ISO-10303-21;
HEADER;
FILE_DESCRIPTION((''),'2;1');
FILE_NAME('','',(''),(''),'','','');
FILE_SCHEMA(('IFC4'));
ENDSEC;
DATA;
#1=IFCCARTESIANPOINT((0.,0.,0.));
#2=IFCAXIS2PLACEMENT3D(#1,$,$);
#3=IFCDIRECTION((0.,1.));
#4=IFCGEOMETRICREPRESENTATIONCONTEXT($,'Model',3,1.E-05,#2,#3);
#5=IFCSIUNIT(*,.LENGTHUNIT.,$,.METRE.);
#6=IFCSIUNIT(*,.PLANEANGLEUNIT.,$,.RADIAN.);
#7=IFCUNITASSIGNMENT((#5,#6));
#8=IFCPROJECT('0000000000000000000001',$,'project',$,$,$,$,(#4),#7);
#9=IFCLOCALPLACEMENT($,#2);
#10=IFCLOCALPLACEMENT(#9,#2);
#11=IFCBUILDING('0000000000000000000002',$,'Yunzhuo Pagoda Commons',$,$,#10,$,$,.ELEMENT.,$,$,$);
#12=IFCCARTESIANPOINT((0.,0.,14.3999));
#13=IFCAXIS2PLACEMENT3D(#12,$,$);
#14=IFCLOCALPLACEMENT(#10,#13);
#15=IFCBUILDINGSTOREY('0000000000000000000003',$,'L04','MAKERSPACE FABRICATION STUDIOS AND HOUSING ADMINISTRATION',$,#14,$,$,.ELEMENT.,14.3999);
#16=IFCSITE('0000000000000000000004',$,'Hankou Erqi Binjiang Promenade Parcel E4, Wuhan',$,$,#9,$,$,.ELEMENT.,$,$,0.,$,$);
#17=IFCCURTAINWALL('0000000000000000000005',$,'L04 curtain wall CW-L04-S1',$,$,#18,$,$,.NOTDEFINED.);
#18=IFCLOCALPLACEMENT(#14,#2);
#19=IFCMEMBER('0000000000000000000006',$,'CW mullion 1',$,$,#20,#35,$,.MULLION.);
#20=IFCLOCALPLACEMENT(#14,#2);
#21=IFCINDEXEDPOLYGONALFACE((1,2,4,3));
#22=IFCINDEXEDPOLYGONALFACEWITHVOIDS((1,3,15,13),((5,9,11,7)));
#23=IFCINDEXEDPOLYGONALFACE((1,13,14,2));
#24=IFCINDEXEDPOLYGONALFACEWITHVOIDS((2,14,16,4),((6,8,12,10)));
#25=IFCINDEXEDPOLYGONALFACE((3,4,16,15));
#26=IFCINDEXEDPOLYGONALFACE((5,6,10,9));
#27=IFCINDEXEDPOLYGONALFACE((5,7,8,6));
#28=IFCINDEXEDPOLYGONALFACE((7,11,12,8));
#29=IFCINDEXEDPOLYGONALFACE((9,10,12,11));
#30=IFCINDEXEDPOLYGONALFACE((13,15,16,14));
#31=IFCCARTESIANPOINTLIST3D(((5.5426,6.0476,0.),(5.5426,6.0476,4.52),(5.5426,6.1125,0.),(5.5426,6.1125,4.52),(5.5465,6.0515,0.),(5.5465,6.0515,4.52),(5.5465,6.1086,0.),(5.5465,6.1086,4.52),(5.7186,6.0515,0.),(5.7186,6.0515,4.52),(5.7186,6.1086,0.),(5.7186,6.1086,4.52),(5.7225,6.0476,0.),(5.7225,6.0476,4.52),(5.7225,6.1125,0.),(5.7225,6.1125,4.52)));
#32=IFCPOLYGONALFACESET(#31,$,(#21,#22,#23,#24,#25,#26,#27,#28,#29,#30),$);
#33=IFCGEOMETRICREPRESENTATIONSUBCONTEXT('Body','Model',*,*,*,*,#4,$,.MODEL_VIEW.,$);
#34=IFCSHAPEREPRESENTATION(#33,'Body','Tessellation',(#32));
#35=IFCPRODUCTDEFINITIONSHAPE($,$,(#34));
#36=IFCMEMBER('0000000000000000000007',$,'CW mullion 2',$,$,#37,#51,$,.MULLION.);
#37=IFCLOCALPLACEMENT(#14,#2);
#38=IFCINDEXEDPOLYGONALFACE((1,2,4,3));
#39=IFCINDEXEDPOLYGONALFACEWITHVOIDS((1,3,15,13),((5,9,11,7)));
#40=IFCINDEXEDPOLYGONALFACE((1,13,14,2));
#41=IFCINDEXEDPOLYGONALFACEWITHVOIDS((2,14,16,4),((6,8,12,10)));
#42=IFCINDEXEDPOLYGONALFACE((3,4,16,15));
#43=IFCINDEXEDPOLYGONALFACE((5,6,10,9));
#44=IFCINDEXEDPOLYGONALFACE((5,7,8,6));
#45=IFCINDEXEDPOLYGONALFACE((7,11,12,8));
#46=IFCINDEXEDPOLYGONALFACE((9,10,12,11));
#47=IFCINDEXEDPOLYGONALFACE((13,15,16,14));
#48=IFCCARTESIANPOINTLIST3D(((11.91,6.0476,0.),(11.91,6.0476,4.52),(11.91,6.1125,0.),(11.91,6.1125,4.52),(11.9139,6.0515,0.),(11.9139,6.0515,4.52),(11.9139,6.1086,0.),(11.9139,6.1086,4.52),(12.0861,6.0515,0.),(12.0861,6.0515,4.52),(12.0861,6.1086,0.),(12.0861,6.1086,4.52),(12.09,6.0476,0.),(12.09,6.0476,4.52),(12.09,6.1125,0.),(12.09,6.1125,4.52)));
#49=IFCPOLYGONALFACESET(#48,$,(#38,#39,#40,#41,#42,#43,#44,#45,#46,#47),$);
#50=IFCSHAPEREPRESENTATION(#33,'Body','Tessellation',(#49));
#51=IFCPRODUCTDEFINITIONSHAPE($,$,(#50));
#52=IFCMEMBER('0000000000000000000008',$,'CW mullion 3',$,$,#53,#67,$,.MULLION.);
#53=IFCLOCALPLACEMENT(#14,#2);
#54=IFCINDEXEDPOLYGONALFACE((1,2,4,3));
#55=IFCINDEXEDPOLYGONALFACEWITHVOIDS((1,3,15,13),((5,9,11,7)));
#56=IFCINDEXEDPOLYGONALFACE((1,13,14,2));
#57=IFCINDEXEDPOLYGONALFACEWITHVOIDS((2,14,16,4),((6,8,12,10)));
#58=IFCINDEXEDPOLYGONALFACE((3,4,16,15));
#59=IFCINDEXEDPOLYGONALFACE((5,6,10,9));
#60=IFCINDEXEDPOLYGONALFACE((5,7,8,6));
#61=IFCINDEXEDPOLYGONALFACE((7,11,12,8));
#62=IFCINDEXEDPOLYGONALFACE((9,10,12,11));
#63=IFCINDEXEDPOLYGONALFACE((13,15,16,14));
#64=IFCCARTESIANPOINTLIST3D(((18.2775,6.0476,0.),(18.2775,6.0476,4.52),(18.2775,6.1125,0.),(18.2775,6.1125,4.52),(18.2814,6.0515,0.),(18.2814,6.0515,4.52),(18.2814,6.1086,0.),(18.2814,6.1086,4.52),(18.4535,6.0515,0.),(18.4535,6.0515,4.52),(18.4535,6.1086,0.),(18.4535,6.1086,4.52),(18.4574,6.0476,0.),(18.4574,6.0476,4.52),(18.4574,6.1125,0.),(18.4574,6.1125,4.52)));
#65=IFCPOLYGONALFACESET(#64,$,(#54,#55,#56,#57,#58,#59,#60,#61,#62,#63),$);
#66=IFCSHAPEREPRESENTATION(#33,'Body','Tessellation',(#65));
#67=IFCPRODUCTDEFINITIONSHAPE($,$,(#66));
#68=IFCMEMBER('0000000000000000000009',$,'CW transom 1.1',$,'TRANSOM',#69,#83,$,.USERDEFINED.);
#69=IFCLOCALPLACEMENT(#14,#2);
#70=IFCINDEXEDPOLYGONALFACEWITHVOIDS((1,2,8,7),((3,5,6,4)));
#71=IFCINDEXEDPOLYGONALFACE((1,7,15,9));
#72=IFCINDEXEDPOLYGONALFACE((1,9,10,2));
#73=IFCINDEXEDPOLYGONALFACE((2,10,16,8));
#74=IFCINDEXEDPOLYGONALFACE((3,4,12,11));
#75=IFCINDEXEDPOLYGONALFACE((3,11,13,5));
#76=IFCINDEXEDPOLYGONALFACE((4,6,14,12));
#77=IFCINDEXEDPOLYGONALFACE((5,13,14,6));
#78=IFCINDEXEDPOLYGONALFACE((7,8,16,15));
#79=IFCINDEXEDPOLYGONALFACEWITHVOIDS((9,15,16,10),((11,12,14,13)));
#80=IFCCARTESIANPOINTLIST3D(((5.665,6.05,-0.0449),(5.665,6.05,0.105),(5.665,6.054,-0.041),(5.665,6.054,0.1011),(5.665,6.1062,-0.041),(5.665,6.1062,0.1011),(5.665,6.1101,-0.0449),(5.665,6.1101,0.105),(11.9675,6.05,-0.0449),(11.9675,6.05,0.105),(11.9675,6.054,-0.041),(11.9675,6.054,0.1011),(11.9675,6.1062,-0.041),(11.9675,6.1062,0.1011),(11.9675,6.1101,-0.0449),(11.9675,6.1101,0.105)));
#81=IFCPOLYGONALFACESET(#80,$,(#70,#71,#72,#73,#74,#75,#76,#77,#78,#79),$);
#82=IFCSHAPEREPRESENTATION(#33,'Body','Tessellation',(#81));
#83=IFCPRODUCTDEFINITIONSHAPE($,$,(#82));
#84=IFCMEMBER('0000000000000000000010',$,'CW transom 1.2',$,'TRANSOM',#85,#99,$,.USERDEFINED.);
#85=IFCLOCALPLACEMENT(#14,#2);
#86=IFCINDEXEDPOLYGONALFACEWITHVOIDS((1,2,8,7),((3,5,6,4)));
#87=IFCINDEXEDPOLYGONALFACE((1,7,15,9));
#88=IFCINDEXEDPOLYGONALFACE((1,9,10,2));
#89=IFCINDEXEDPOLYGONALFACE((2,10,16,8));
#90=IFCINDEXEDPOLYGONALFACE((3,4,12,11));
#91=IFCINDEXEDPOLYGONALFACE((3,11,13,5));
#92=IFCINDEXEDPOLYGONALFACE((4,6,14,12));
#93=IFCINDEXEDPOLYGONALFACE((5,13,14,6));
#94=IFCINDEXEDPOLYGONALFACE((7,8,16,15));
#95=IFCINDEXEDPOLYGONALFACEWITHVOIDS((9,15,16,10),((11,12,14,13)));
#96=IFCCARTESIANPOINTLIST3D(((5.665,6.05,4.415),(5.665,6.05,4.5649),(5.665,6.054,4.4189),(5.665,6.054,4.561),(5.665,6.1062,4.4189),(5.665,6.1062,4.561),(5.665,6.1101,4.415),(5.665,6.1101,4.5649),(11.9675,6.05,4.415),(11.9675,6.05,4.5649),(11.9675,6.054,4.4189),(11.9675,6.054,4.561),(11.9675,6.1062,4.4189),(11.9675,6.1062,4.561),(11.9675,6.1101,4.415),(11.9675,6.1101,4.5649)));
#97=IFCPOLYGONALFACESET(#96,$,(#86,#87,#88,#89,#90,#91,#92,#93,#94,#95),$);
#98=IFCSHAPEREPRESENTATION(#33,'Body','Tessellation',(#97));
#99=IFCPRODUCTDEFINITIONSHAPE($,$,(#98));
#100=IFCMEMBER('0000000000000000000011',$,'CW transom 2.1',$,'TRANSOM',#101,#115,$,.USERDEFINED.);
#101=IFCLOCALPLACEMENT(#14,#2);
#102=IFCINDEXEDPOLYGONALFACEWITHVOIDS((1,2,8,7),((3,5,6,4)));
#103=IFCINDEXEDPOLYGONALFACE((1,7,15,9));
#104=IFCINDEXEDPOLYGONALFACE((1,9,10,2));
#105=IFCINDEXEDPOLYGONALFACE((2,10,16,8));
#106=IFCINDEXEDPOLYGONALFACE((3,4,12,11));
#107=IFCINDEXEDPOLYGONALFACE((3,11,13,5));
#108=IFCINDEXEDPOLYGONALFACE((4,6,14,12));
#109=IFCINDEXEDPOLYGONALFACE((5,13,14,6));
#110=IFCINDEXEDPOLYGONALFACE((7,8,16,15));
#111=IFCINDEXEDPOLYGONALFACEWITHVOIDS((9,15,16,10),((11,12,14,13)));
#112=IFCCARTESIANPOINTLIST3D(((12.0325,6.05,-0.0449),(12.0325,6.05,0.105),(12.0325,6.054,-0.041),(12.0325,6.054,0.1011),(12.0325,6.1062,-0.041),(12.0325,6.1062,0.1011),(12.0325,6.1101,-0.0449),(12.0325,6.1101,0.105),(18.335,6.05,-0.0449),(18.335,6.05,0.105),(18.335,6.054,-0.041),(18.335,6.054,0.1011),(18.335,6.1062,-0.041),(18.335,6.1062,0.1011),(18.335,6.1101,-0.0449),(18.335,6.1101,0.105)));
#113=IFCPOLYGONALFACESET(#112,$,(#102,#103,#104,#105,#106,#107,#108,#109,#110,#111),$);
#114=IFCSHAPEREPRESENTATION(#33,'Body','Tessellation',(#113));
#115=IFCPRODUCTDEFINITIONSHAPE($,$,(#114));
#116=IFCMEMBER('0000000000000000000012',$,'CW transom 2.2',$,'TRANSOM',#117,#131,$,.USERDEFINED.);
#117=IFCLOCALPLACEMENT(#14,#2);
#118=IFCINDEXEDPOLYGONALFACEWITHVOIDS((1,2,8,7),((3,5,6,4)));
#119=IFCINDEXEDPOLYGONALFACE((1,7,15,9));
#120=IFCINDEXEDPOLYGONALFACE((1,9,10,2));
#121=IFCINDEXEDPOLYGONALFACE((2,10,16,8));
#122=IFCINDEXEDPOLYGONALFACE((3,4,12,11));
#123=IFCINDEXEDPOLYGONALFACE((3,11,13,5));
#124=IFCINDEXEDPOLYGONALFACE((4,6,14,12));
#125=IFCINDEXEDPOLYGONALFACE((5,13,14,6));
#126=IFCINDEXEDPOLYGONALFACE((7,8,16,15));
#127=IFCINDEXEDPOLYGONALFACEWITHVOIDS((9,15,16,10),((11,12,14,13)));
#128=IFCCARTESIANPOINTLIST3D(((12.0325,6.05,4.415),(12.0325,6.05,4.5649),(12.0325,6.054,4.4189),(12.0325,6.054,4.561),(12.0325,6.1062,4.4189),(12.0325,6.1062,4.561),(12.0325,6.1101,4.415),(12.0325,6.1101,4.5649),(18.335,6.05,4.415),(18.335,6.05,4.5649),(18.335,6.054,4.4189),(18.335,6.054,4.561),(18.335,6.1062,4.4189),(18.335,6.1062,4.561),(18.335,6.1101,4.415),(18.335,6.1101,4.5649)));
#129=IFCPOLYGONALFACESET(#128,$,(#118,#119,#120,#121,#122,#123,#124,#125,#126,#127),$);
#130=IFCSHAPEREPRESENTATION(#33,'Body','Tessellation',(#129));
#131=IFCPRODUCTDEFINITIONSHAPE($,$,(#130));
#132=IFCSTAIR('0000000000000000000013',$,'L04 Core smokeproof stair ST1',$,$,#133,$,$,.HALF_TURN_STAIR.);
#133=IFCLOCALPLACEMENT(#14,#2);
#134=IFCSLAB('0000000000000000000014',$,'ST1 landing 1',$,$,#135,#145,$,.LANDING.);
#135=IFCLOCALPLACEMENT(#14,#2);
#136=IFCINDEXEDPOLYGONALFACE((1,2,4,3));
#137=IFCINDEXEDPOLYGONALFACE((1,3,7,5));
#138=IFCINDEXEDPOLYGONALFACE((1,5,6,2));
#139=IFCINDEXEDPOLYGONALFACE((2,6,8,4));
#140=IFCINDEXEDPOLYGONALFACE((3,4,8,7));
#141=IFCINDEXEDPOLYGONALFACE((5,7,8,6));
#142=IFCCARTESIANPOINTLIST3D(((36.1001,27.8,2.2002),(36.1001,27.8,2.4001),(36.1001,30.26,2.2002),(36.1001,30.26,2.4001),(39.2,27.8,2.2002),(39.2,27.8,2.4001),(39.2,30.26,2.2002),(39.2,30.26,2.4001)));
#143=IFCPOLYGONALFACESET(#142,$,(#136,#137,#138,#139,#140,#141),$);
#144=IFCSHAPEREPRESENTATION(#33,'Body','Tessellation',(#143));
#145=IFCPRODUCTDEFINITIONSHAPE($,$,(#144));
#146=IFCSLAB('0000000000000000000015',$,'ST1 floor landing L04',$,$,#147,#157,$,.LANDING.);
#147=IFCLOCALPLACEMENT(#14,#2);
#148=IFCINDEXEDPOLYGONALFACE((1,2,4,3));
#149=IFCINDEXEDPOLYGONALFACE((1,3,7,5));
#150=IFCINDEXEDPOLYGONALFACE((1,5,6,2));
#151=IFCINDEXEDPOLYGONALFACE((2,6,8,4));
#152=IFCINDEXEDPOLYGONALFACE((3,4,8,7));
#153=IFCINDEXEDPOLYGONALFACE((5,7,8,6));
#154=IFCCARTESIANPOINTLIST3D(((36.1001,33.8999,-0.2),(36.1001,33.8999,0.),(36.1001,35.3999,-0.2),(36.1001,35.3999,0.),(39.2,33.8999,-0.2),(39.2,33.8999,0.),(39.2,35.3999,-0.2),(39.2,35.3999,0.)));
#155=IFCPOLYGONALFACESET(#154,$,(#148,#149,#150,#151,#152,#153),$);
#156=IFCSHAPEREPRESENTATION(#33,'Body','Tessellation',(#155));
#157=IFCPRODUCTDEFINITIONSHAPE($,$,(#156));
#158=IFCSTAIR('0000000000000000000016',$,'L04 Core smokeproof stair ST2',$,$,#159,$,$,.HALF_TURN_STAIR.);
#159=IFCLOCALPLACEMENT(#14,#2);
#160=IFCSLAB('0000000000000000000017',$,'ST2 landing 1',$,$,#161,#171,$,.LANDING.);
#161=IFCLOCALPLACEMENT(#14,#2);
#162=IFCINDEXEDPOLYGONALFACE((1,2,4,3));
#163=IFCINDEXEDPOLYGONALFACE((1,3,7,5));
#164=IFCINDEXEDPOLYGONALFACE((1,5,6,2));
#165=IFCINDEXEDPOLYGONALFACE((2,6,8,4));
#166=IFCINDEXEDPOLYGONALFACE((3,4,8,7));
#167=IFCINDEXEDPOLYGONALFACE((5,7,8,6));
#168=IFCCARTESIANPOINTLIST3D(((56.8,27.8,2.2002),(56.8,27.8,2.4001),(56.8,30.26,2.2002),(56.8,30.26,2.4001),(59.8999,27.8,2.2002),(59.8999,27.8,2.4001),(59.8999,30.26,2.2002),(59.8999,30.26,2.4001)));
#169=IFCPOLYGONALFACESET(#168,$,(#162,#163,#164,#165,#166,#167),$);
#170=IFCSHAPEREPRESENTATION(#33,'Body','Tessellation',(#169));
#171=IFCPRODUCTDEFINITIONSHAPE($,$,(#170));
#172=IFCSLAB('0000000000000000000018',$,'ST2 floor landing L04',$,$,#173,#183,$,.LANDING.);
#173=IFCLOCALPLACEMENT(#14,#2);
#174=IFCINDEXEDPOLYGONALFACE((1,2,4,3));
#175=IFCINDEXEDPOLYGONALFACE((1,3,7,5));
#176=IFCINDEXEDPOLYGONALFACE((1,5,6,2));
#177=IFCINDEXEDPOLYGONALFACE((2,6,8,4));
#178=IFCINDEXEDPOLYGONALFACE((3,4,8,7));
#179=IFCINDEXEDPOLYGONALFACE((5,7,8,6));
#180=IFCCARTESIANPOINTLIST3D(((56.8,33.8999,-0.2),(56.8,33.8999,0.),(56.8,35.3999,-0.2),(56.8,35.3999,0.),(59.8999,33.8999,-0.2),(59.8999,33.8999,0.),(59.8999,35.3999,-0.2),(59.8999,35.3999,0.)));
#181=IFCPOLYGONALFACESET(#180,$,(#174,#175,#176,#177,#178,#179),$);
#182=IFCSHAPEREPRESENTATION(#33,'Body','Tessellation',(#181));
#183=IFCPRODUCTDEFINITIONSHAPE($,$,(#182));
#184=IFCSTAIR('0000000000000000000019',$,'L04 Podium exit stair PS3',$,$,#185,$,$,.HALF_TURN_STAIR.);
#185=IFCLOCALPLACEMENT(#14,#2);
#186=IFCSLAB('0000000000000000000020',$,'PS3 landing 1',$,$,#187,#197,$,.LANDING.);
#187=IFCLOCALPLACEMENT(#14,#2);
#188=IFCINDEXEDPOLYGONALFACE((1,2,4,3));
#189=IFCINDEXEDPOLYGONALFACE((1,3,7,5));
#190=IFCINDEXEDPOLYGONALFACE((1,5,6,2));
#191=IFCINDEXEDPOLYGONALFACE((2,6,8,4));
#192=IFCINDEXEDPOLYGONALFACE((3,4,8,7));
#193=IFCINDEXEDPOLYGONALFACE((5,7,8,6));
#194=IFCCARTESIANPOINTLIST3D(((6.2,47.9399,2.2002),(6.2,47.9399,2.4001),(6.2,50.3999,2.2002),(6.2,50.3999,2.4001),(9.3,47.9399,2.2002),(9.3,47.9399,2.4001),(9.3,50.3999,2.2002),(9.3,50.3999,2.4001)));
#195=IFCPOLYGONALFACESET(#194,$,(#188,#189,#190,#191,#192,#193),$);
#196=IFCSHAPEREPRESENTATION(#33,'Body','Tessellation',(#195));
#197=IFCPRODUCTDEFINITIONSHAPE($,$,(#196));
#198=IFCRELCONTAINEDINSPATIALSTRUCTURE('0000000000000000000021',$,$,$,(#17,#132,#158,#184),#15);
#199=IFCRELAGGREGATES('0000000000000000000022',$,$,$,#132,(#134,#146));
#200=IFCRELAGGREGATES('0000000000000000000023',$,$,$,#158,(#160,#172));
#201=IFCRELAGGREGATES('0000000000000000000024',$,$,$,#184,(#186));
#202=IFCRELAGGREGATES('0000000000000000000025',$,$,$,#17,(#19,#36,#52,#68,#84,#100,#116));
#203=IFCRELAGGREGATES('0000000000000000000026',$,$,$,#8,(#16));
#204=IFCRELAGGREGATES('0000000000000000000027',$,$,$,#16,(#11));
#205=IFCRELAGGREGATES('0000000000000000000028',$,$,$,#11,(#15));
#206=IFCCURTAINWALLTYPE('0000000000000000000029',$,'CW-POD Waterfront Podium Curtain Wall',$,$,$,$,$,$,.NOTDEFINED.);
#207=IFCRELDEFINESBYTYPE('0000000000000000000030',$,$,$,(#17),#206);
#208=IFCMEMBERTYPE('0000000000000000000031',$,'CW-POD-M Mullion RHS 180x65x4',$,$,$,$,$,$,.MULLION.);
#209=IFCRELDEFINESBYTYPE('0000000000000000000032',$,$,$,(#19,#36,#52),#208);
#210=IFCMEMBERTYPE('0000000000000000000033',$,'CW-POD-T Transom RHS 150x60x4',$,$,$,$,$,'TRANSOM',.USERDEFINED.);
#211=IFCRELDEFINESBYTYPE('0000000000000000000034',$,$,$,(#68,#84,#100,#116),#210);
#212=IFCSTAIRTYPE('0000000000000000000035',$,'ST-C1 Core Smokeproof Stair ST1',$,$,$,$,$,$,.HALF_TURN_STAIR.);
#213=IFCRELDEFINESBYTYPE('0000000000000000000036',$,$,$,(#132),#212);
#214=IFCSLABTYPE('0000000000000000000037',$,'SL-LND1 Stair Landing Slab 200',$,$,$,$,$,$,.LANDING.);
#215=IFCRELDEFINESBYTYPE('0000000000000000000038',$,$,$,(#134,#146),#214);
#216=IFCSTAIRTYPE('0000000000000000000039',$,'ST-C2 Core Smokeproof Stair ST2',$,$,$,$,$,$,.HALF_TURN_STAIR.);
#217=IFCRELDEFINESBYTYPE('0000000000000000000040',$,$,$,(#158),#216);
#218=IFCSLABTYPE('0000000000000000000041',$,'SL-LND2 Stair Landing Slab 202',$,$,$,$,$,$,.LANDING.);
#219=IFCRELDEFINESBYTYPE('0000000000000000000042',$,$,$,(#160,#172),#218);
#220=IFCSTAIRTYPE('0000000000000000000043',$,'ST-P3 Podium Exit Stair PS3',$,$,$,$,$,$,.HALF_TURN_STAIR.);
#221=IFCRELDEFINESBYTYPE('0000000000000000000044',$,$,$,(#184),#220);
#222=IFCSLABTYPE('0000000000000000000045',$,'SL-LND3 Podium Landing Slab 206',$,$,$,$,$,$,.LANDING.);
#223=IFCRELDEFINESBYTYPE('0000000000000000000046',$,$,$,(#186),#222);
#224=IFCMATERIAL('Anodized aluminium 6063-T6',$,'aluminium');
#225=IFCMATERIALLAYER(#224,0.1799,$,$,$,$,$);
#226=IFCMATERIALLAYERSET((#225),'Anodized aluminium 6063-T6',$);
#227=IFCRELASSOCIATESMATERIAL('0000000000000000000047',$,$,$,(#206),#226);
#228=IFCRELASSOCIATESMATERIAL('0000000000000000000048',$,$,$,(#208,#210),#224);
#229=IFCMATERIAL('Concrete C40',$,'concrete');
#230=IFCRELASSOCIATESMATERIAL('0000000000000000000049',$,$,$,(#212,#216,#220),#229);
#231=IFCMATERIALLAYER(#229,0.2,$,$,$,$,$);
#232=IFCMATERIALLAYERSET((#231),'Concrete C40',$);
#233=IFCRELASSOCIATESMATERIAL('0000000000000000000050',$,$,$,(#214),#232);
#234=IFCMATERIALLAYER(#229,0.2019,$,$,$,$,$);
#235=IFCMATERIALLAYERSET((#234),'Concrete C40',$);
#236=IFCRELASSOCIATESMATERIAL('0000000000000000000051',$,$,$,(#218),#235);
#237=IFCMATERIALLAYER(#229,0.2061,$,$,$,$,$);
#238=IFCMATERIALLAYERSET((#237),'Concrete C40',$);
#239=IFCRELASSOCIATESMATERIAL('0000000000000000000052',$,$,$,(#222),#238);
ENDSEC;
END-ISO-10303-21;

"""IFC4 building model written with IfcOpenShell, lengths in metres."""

from ifc_helpers import new_model, si_unit, direction, frame, origin, origin_2d, place, context, subcontext, project, spatial, polyline, hollow_rectangle, outline, extrude, source, transform, mapped, material, layer, layer_set, material_profile, profile_set, type_object, element, aggregate, save


model = new_model("IFC4")

# Units and contexts
model_context = context("Model", 3, precision=1e-05, world=origin(), true_north=direction((0.0, 1.0)))
body_context = subcontext(model_context, "Body", "Model", "MODEL_VIEW")
ifc_project = project(units=[si_unit("LENGTHUNIT", "METRE"), si_unit("PLANEANGLEUNIT", "RADIAN")], contexts=[model_context])

# Site, building, storey
site_placement = place(None, origin())
site = spatial("IfcSite", under=ifc_project, at=site_placement, Name="Hankou Erqi Binjiang Promenade Parcel E4, Wuhan", CompositionType="ELEMENT", RefElevation=0.0)
building_placement = place(site_placement, origin())
building = spatial("IfcBuilding", under=site, at=building_placement, Name="Yunzhuo Pagoda Commons", CompositionType="ELEMENT")
storey_placement = place(building_placement, frame((0.0, 0.0, 14.3999)))
storey = spatial("IfcBuildingStorey", under=building, at=storey_placement, Name="L04", Description="MAKERSPACE FABRICATION STUDIOS AND HOUSING ADMINISTRATION", CompositionType="ELEMENT", Elevation=14.3999)

# Curtain wall, members
ifc_material_1 = material(Name="Anodized aluminium 6063-T6", Category="aluminium")
ifc_layer_1 = layer(ifc_material_1, 0.1799)
ifc_layer_set_1 = layer_set([ifc_layer_1], Name="Anodized aluminium 6063-T6")
curtain_wall_type = type_object("IfcCurtainWallType", Name="CW-POD Waterfront Podium Curtain Wall", PredefinedType="NOTDEFINED", material=ifc_layer_set_1)
curtain_wall_placement = place(storey_placement, origin())
curtain_wall = element("IfcCurtainWall", 1, at=curtain_wall_placement, inside=storey, type_object=curtain_wall_type, Name="L04 curtain wall CW-L04-S1", PredefinedType="NOTDEFINED")
ifc_material_profile_1 = material_profile(ifc_material_1, hollow_rectangle(XDim=0.0649, YDim=0.1799, WallThickness=0.0039, at=origin_2d()), Name="Anodized aluminium 6063-T6")
ifc_profile_set_1 = profile_set([ifc_material_profile_1], Name="Anodized aluminium 6063-T6")
member_type_1 = type_object("IfcMemberType", Name="CW-POD-M Mullion RHS 180x65x4", PredefinedType="MULLION", material=ifc_profile_set_1)
shared_shape_1 = source(origin(), body_context, "Body", "SweptSolid", [
    extrude(hollow_rectangle(XDim=0.0649, YDim=0.1799, WallThickness=0.0039, at=origin_2d()), origin(), (0.0, 0.0, 1.0), 4.52),
])
member_1_placement = place(storey_placement, frame((5.6326, 6.0801, 0.0), z_axis=(0.0, 0.0, 1.0), x_axis=(0.0, 1.0, 0.0)))
member_1 = element("IfcMember", 2, at=member_1_placement, type_object=member_type_1, Name="CW mullion 1", PredefinedType="MULLION", context=body_context, shape_type="MappedRepresentation", body=[
    mapped(shared_shape_1, transform((0.0, 0.0, 0.0), scale=1.0)),
])
member_2_placement = place(storey_placement, frame((12.0, 6.0801, 0.0), z_axis=(0.0, 0.0, 1.0), x_axis=(0.0, 1.0, 0.0)))
member_2 = element("IfcMember", 3, at=member_2_placement, type_object=member_type_1, Name="CW mullion 2", PredefinedType="MULLION", context=body_context, shape_type="MappedRepresentation", body=[
    mapped(shared_shape_1, transform((0.0, 0.0, 0.0), scale=1.0)),
])
member_3_placement = place(storey_placement, frame((18.3674, 6.0801, 0.0), z_axis=(0.0, 0.0, 1.0), x_axis=(0.0, 1.0, 0.0)))
member_3 = element("IfcMember", 4, at=member_3_placement, type_object=member_type_1, Name="CW mullion 3", PredefinedType="MULLION", context=body_context, shape_type="MappedRepresentation", body=[
    mapped(shared_shape_1, transform((0.0, 0.0, 0.0), scale=1.0)),
])
ifc_material_profile_2 = material_profile(ifc_material_1, hollow_rectangle(XDim=0.0601, YDim=0.1499, WallThickness=0.0039, at=origin_2d()), Name="Anodized aluminium 6063-T6")
ifc_profile_set_2 = profile_set([ifc_material_profile_2], Name="Anodized aluminium 6063-T6")
member_type_2 = type_object("IfcMemberType", Name="CW-POD-T Transom RHS 150x60x4", ElementType="TRANSOM", PredefinedType="USERDEFINED", material=ifc_profile_set_2)
shared_shape_2 = source(origin(), body_context, "Body", "SweptSolid", [
    extrude(hollow_rectangle(XDim=0.0601, YDim=0.1499, WallThickness=0.0039, at=origin_2d()), origin(), (0.0, 0.0, 1.0), 6.3025),
])
member_4_placement = place(storey_placement, frame((5.665, 6.0801, 0.03), z_axis=(1.0, 0.0, 0.0), x_axis=(0.0, 1.0, 0.0)))
member_4 = element("IfcMember", 5, at=member_4_placement, type_object=member_type_2, Name="CW transom 1.1", ObjectType="TRANSOM", PredefinedType="USERDEFINED", context=body_context, shape_type="MappedRepresentation", body=[
    mapped(shared_shape_2, transform((0.0, 0.0, 0.0), scale=1.0)),
])
member_5_placement = place(storey_placement, frame((5.665, 6.0801, 4.49), z_axis=(1.0, 0.0, 0.0), x_axis=(0.0, 1.0, 0.0)))
member_5 = element("IfcMember", 6, at=member_5_placement, type_object=member_type_2, Name="CW transom 1.2", ObjectType="TRANSOM", PredefinedType="USERDEFINED", context=body_context, shape_type="MappedRepresentation", body=[
    mapped(shared_shape_2, transform((0.0, 0.0, 0.0), scale=1.0)),
])
member_6_placement = place(storey_placement, frame((12.0325, 6.0801, 0.03), z_axis=(1.0, 0.0, 0.0), x_axis=(0.0, 1.0, 0.0)))
member_6 = element("IfcMember", 7, at=member_6_placement, type_object=member_type_2, Name="CW transom 2.1", ObjectType="TRANSOM", PredefinedType="USERDEFINED", context=body_context, shape_type="MappedRepresentation", body=[
    mapped(shared_shape_2, transform((0.0, 0.0, 0.0), scale=1.0)),
])
member_7_placement = place(storey_placement, frame((12.0325, 6.0801, 4.49), z_axis=(1.0, 0.0, 0.0), x_axis=(0.0, 1.0, 0.0)))
member_7 = element("IfcMember", 8, at=member_7_placement, type_object=member_type_2, Name="CW transom 2.2", ObjectType="TRANSOM", PredefinedType="USERDEFINED", context=body_context, shape_type="MappedRepresentation", body=[
    mapped(shared_shape_2, transform((0.0, 0.0, 0.0), scale=1.0)),
])

# Stairs, slabs
ifc_material_2 = material(Name="Concrete C40", Category="concrete")
stair_type_1 = type_object("IfcStairType", Name="ST-C1 Core Smokeproof Stair ST1", PredefinedType="HALF_TURN_STAIR", material=ifc_material_2)
stair_1_placement = place(storey_placement, origin())
stair_1 = element("IfcStair", 9, at=stair_1_placement, inside=storey, type_object=stair_type_1, Name="L04 Core smokeproof stair ST1", PredefinedType="HALF_TURN_STAIR")
ifc_layer_2 = layer(ifc_material_2, 0.2)
ifc_layer_set_2 = layer_set([ifc_layer_2], Name="Concrete C40")
slab_type_1 = type_object("IfcSlabType", Name="SL-LND1 Stair Landing Slab 200", PredefinedType="LANDING", material=ifc_layer_set_2)
slab_1_placement = place(storey_placement, frame((0.0, 0.0, 2.2002)))
slab_1 = element("IfcSlab", 10, at=slab_1_placement, type_object=slab_type_1, Name="ST1 landing 1", PredefinedType="LANDING", context=body_context, shape_type="SweptSolid", body=[
    extrude(outline(polyline([(36.1001, 30.26), (36.1001, 27.8), (39.2, 27.8), (39.2, 30.26), (36.1001, 30.26)])), origin(), (0.0, 0.0, 1.0), 0.2),
])
slab_2_placement = place(storey_placement, frame((0.0, 0.0, -0.2)))
slab_2 = element("IfcSlab", 11, at=slab_2_placement, type_object=slab_type_1, Name="ST1 floor landing L04", PredefinedType="LANDING", context=body_context, shape_type="SweptSolid", body=[
    extrude(outline(polyline([(36.1001, 35.3999), (36.1001, 33.8999), (39.2, 33.8999), (39.2, 35.3999), (36.1001, 35.3999)])), origin(), (0.0, 0.0, 1.0), 0.2),
])
aggregate(stair_1, [slab_1, slab_2])
stair_type_2 = type_object("IfcStairType", Name="ST-C2 Core Smokeproof Stair ST2", PredefinedType="HALF_TURN_STAIR", material=ifc_material_2)
stair_2_placement = place(storey_placement, origin())
stair_2 = element("IfcStair", 12, at=stair_2_placement, inside=storey, type_object=stair_type_2, Name="L04 Core smokeproof stair ST2", PredefinedType="HALF_TURN_STAIR")
ifc_layer_3 = layer(ifc_material_2, 0.2019)
ifc_layer_set_3 = layer_set([ifc_layer_3], Name="Concrete C40")
slab_type_2 = type_object("IfcSlabType", Name="SL-LND2 Stair Landing Slab 202", PredefinedType="LANDING", material=ifc_layer_set_3)
slab_3_placement = place(storey_placement, frame((0.0, 0.0, 2.2002)))
slab_3 = element("IfcSlab", 13, at=slab_3_placement, type_object=slab_type_2, Name="ST2 landing 1", PredefinedType="LANDING", context=body_context, shape_type="SweptSolid", body=[
    extrude(outline(polyline([(56.8, 30.26), (56.8, 27.8), (59.8999, 27.8), (59.8999, 30.26), (56.8, 30.26)])), origin(), (0.0, 0.0, 1.0), 0.2),
])
slab_4_placement = place(storey_placement, frame((0.0, 0.0, -0.2)))
slab_4 = element("IfcSlab", 14, at=slab_4_placement, type_object=slab_type_2, Name="ST2 floor landing L04", PredefinedType="LANDING", context=body_context, shape_type="SweptSolid", body=[
    extrude(outline(polyline([(56.8, 35.3999), (56.8, 33.8999), (59.8999, 33.8999), (59.8999, 35.3999), (56.8, 35.3999)])), origin(), (0.0, 0.0, 1.0), 0.2),
])
aggregate(stair_2, [slab_3, slab_4])
stair_type_3 = type_object("IfcStairType", Name="ST-P3 Podium Exit Stair PS3", PredefinedType="HALF_TURN_STAIR", material=ifc_material_2)
stair_3_placement = place(storey_placement, origin())
stair_3 = element("IfcStair", 15, at=stair_3_placement, inside=storey, type_object=stair_type_3, Name="L04 Podium exit stair PS3", PredefinedType="HALF_TURN_STAIR")
ifc_layer_4 = layer(ifc_material_2, 0.2061)
ifc_layer_set_4 = layer_set([ifc_layer_4], Name="Concrete C40")
slab_type_3 = type_object("IfcSlabType", Name="SL-LND3 Podium Landing Slab 206", PredefinedType="LANDING", material=ifc_layer_set_4)
slab_5_placement = place(storey_placement, frame((0.0, 0.0, 2.2002)))
slab_5 = element("IfcSlab", 16, at=slab_5_placement, type_object=slab_type_3, Name="PS3 landing 1", PredefinedType="LANDING", context=body_context, shape_type="SweptSolid", body=[
    extrude(outline(polyline([(9.3, 47.9399), (9.3, 50.3999), (6.2, 50.3999), (6.2, 47.9399), (9.3, 47.9399)])), origin(), (0.0, 0.0, 1.0), 0.2),
])
aggregate(stair_3, [slab_5])

aggregate(curtain_wall, [member_1, member_2, member_3, member_4, member_5, member_6, member_7])

save(model, "model.ifc")
